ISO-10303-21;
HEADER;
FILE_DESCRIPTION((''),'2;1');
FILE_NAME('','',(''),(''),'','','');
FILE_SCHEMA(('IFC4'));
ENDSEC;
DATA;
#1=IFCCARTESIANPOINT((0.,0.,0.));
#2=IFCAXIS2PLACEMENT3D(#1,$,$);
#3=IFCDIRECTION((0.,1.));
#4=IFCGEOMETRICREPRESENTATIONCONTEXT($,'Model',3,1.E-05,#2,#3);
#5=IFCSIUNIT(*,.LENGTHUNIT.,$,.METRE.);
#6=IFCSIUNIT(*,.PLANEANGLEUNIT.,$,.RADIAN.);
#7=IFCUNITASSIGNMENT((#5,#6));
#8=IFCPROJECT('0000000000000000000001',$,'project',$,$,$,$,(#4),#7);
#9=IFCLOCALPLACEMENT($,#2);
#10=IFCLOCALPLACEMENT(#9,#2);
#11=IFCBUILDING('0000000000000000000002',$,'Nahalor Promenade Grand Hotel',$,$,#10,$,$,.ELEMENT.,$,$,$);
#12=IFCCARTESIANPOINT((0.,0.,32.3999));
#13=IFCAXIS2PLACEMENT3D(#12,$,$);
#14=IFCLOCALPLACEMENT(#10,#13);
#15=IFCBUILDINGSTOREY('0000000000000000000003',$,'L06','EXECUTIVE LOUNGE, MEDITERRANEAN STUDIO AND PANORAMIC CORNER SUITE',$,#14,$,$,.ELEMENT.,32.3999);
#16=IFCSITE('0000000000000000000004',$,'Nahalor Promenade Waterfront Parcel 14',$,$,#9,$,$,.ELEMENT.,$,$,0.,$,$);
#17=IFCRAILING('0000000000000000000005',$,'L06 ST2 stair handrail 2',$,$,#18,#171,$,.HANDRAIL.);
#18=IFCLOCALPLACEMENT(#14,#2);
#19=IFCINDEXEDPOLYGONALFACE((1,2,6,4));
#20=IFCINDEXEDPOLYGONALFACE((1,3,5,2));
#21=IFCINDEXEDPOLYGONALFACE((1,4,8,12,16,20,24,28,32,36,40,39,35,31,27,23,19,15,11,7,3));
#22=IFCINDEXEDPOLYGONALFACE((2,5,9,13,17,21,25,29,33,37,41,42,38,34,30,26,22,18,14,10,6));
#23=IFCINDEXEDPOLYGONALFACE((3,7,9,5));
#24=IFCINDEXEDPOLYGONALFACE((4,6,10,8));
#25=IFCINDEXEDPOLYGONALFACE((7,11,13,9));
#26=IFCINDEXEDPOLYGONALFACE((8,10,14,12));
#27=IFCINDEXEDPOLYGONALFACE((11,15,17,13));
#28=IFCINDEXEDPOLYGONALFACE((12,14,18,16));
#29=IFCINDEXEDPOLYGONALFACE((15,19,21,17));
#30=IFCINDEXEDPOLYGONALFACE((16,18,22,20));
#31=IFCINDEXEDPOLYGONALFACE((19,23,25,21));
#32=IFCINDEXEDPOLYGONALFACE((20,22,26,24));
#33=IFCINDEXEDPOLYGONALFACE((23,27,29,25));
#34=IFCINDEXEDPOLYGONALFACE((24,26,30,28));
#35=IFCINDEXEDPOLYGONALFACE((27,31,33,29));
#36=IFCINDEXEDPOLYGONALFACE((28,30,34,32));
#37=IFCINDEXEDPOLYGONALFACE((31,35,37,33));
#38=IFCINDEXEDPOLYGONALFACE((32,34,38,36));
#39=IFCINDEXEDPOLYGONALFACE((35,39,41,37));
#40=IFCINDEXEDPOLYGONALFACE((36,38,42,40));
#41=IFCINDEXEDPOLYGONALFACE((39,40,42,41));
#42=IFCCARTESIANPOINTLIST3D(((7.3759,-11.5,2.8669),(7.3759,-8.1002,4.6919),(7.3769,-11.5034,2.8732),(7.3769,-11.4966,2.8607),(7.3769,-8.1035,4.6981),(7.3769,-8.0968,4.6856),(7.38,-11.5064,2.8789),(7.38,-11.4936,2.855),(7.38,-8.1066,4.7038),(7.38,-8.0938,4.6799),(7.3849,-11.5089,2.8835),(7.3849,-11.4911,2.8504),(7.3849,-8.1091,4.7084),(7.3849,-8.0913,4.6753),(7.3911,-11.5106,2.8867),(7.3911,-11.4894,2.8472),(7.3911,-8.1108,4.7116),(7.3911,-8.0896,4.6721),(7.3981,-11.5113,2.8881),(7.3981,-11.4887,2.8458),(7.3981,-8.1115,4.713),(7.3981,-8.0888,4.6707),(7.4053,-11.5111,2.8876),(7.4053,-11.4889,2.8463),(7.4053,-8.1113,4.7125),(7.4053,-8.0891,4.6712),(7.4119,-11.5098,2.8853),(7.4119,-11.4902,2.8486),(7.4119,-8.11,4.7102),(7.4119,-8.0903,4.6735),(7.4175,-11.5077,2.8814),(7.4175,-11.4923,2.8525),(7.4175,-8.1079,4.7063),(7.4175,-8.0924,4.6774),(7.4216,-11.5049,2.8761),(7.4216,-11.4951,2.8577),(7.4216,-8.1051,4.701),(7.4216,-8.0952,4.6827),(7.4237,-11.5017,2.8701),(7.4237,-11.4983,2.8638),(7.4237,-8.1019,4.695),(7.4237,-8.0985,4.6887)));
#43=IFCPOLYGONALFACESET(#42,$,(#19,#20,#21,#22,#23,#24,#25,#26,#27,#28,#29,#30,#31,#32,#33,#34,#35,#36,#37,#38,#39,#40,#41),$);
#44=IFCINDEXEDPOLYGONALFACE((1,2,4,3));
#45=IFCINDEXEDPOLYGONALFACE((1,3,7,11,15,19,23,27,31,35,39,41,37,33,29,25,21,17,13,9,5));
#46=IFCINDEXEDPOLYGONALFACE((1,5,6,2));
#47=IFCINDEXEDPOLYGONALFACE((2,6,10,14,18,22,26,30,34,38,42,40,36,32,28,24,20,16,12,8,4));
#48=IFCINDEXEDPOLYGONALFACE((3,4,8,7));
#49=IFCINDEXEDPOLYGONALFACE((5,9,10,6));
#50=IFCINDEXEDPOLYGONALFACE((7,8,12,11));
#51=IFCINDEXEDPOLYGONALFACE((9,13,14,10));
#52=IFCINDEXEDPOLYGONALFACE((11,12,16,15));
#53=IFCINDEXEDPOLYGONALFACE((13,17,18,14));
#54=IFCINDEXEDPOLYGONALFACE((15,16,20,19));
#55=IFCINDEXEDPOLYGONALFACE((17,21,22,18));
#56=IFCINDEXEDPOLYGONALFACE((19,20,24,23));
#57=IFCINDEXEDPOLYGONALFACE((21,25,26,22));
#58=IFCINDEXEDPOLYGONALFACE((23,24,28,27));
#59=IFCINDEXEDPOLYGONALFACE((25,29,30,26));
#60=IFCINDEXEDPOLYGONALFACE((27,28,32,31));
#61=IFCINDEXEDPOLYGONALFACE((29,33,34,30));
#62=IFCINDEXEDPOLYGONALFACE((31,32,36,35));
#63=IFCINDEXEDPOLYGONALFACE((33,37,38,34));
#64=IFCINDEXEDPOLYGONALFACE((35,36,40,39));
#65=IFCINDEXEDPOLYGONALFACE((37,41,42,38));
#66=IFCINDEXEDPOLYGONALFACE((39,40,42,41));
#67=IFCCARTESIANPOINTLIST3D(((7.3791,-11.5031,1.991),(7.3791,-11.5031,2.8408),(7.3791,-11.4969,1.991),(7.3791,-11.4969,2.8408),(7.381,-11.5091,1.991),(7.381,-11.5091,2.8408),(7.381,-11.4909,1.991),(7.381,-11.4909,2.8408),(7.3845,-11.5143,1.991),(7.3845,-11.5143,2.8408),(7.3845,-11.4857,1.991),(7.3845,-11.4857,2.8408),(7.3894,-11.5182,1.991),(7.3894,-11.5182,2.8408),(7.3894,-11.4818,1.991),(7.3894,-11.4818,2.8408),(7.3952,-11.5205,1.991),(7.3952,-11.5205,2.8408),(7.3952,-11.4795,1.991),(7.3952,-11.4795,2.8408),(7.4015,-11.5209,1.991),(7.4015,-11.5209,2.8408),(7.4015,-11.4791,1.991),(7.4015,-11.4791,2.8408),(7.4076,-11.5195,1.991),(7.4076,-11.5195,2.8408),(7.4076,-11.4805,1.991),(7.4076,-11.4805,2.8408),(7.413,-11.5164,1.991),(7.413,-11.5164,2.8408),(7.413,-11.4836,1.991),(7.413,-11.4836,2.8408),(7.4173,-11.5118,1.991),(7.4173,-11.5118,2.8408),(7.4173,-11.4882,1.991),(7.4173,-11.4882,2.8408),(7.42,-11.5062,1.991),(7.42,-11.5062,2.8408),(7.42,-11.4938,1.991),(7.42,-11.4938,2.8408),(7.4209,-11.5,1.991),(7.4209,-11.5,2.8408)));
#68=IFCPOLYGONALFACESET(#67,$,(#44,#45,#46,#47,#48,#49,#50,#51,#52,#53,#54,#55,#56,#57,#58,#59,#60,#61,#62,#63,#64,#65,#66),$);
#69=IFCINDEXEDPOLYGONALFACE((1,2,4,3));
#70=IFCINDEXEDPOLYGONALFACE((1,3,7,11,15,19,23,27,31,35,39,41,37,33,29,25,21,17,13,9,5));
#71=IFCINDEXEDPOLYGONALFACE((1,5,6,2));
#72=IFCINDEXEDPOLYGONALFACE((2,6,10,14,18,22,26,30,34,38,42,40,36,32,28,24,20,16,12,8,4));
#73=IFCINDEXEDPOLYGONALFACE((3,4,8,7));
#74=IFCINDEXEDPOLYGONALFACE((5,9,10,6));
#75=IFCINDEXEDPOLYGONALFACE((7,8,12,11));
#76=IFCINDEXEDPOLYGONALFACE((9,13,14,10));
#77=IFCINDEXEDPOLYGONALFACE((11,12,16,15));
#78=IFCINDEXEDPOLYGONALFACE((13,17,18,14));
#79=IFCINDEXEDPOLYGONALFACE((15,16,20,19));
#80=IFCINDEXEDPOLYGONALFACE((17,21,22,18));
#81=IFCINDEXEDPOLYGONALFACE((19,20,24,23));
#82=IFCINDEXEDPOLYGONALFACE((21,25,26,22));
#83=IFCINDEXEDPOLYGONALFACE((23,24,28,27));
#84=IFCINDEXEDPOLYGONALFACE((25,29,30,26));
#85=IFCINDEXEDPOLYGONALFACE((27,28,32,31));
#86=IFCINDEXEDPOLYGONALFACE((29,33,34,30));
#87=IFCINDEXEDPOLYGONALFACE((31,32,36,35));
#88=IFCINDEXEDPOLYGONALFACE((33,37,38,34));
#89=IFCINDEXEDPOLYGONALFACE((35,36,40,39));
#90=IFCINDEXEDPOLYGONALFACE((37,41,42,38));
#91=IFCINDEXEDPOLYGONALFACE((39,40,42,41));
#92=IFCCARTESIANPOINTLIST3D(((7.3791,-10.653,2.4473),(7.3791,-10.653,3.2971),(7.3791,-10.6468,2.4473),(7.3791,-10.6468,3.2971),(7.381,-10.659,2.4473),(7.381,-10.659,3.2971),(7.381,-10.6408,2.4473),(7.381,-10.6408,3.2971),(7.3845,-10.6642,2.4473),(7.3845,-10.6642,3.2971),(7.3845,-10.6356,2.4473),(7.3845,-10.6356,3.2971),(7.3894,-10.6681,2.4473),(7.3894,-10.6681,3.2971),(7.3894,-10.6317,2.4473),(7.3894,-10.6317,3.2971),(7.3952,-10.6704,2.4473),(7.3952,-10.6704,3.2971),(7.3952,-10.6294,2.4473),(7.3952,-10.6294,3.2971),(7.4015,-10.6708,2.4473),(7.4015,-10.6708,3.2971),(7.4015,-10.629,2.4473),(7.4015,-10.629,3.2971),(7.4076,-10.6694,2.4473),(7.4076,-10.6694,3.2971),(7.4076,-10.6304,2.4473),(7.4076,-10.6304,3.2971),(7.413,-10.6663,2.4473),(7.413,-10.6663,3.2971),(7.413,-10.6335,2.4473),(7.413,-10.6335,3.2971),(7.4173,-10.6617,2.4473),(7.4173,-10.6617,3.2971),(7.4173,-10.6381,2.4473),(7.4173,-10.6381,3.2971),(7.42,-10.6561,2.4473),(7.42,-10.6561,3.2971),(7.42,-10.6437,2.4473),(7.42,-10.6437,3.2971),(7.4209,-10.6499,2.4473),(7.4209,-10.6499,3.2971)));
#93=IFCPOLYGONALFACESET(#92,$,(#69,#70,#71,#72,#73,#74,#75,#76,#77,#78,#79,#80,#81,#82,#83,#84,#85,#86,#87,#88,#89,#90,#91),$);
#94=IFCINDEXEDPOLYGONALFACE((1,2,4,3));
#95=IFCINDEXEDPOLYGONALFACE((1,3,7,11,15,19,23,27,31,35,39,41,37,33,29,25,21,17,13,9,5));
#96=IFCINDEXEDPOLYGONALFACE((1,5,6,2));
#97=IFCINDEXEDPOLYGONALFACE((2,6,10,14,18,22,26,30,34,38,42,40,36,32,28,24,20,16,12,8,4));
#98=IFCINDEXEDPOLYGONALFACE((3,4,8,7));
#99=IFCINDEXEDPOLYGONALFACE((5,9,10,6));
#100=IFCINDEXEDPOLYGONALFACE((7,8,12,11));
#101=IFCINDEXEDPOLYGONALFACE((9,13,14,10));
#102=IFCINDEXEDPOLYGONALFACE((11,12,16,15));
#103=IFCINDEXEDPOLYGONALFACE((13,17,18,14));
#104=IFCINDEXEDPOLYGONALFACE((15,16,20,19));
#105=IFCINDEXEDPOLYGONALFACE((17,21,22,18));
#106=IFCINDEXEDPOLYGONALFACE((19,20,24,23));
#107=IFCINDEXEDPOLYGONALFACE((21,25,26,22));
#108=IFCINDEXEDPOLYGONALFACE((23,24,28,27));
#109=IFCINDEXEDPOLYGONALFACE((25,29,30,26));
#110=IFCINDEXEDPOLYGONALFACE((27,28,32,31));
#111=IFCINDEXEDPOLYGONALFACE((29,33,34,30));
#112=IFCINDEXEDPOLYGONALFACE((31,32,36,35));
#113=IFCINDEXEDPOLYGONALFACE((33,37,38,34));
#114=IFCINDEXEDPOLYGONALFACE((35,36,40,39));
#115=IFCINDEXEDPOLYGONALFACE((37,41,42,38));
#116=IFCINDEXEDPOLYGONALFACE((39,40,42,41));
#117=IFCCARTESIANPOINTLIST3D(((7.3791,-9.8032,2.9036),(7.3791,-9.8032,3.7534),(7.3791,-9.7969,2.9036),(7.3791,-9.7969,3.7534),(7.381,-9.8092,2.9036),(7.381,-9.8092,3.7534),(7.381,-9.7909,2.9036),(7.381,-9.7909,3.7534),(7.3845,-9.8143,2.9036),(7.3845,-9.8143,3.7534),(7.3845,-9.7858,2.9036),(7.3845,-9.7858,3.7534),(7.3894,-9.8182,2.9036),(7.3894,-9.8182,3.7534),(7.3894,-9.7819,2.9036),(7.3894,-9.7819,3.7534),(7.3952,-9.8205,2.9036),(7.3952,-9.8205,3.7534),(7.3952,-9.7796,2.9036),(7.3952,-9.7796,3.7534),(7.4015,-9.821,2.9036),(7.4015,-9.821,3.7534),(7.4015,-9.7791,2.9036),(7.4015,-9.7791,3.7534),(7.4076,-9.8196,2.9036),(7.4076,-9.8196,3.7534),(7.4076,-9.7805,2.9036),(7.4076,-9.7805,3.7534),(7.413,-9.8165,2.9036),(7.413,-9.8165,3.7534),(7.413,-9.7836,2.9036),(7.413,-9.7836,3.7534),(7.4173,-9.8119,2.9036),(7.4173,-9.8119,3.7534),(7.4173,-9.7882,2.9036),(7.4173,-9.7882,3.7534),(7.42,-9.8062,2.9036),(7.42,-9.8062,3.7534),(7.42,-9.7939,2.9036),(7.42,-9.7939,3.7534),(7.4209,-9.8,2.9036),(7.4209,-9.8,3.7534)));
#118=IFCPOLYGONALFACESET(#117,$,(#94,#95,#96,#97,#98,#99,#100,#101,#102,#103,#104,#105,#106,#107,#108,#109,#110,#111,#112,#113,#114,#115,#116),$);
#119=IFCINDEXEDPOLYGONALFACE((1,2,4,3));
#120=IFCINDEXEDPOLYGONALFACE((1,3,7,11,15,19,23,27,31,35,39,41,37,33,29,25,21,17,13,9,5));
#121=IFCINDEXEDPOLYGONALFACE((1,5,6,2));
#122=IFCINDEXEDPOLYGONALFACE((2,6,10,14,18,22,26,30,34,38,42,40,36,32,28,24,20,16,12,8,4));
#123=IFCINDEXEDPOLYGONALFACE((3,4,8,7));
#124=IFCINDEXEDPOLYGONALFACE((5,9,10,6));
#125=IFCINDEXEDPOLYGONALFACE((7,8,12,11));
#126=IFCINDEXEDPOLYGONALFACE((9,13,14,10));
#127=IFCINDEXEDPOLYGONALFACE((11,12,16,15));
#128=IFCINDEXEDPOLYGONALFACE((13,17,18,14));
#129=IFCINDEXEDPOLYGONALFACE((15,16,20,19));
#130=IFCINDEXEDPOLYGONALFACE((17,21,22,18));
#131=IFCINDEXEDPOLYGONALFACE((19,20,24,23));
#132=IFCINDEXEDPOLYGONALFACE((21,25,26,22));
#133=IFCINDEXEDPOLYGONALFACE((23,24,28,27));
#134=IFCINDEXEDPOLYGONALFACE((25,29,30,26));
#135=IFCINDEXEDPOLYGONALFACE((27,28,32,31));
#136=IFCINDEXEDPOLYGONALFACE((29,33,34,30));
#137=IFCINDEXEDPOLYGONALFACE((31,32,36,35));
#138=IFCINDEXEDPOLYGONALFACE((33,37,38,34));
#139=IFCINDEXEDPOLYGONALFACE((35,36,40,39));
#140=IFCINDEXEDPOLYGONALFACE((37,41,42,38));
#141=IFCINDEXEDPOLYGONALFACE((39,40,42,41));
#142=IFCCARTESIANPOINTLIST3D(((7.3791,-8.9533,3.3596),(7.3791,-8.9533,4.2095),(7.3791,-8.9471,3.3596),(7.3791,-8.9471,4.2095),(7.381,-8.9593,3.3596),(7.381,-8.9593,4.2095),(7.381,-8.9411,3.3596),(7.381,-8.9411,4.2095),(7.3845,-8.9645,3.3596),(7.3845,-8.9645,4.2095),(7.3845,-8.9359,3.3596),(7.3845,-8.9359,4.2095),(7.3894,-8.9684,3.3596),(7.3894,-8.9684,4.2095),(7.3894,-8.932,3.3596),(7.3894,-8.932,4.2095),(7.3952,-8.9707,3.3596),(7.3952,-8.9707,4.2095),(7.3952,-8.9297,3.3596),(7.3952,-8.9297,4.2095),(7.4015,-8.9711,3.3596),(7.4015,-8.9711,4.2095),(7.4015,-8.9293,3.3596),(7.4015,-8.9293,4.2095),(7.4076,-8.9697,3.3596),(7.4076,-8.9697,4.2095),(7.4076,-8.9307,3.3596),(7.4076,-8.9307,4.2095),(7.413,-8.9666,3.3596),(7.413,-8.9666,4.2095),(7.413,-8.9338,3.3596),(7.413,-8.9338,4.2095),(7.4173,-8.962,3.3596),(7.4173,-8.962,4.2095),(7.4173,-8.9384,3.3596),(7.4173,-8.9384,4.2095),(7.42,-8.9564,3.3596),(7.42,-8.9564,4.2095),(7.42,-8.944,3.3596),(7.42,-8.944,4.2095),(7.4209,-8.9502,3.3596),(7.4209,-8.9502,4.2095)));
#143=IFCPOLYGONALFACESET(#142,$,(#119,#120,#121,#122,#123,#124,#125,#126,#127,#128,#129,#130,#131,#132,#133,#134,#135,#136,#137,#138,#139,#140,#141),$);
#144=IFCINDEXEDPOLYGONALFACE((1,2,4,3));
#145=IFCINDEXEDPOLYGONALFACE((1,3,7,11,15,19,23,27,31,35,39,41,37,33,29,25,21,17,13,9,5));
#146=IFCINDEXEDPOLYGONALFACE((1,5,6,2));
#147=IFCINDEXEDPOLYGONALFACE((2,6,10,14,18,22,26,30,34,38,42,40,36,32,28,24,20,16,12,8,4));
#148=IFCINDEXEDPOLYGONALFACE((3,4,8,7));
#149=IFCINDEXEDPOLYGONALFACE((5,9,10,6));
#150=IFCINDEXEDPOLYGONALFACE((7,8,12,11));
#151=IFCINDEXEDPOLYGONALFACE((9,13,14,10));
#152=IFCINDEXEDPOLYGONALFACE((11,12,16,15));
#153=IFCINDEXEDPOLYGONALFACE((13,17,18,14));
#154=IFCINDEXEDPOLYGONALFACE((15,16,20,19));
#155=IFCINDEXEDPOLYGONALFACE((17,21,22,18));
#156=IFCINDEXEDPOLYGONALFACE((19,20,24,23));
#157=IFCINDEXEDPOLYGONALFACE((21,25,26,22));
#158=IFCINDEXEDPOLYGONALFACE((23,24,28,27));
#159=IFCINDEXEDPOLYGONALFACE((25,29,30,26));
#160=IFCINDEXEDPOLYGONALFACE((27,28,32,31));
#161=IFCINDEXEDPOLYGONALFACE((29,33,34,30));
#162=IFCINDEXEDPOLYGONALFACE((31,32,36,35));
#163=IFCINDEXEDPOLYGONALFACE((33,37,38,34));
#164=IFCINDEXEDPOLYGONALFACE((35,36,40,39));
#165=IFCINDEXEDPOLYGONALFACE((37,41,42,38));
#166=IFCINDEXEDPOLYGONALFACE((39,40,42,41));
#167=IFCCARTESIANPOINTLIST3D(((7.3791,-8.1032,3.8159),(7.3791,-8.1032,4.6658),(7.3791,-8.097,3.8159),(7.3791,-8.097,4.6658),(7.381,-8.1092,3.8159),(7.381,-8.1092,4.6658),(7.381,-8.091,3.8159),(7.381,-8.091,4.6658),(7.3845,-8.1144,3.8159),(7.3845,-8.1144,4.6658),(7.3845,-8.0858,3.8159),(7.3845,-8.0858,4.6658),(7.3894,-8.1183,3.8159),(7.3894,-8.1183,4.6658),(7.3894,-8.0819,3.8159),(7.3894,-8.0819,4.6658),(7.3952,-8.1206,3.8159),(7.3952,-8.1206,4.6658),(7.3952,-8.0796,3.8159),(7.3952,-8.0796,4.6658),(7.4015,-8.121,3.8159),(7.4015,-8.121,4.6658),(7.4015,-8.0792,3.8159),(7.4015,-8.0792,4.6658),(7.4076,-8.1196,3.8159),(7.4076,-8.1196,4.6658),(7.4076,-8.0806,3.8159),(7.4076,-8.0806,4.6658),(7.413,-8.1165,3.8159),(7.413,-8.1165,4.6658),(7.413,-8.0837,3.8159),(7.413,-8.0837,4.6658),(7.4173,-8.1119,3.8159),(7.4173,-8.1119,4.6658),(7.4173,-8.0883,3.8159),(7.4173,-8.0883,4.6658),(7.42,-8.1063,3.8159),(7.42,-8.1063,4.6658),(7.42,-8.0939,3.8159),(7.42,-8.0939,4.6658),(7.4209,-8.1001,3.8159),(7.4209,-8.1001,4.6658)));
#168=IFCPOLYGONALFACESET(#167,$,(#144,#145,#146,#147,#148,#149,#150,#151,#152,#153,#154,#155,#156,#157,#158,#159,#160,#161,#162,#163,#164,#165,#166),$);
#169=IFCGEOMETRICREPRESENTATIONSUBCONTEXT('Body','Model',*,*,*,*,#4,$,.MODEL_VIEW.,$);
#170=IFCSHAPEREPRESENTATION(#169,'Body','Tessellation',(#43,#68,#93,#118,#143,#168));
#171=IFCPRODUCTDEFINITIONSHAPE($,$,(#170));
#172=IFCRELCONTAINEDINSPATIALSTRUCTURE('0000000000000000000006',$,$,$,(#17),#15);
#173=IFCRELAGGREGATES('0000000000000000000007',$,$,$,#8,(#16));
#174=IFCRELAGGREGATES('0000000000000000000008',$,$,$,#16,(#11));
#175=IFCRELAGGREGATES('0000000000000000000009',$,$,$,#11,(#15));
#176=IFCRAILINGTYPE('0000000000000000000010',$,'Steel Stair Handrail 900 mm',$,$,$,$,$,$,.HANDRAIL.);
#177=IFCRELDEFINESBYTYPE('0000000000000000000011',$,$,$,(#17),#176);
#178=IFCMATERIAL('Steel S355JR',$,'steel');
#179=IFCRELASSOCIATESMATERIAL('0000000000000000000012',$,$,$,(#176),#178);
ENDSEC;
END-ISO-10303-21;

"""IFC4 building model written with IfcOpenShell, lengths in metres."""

from ifc_helpers import new_model, si_unit, direction, frame, origin, origin_2d, place, context, subcontext, project, spatial, circle, extrude, material, type_object, element, save


model = new_model("IFC4")

# Units and contexts
model_context = context("Model", 3, precision=1e-05, world=origin(), true_north=direction((0.0, 1.0)))
body_context = subcontext(model_context, "Body", "Model", "MODEL_VIEW")
ifc_project = project(units=[si_unit("LENGTHUNIT", "METRE"), si_unit("PLANEANGLEUNIT", "RADIAN")], contexts=[model_context])

# Site, building, storey
site_placement = place(None, origin())
site = spatial("IfcSite", under=ifc_project, at=site_placement, Name="Nahalor Promenade Waterfront Parcel 14", CompositionType="ELEMENT", RefElevation=0.0)
building_placement = place(site_placement, origin())
building = spatial("IfcBuilding", under=site, at=building_placement, Name="Nahalor Promenade Grand Hotel", CompositionType="ELEMENT")
storey_placement = place(building_placement, frame((0.0, 0.0, 32.3999)))
storey = spatial("IfcBuildingStorey", under=building, at=storey_placement, Name="L06", Description="EXECUTIVE LOUNGE, MEDITERRANEAN STUDIO AND PANORAMIC CORNER SUITE", CompositionType="ELEMENT", Elevation=32.3999)

# Shared definitions
ifc_material_1 = material(Name="Steel S355JR", Category="steel")

# Railing
railing_type_1 = type_object("IfcRailingType", Name="Steel Stair Handrail 900 mm", PredefinedType="HANDRAIL", material=ifc_material_1)
railing_1_placement = place(storey_placement, frame((7.3999, -11.5, 1.991)))
element("IfcRailing", 1, at=railing_1_placement, inside=storey, type_object=railing_type_1, Name="L06 ST2 stair handrail 2", PredefinedType="HANDRAIL", context=body_context, shape_type="SweptSolid", body=[
    extrude(circle(Radius=0.024, at=origin_2d()), frame((0.0, 0.0, 0.876), z_axis=(0.0, 0.881094, 0.472941), x_axis=(-1.0, 0.0, 0.0)), (0.0, 0.0, 1.0), 3.8586),
    extrude(circle(Radius=0.021, at=origin_2d()), origin(), (0.0, 0.0, 1.0), 0.8499),
    extrude(circle(Radius=0.021, at=origin_2d()), frame((0.0, 0.8501, 0.4563)), (0.0, 0.0, 1.0), 0.8499),
    extrude(circle(Radius=0.021, at=origin_2d()), frame((0.0, 1.7, 0.9126)), (0.0, 0.0, 1.0), 0.8499),
    extrude(circle(Radius=0.021, at=origin_2d()), frame((0.0, 2.5498, 1.3687)), (0.0, 0.0, 1.0), 0.8499),
    extrude(circle(Radius=0.021, at=origin_2d()), frame((0.0, 3.3999, 1.825)), (0.0, 0.0, 1.0), 0.8499),
])

save(model, "model.ifc")
